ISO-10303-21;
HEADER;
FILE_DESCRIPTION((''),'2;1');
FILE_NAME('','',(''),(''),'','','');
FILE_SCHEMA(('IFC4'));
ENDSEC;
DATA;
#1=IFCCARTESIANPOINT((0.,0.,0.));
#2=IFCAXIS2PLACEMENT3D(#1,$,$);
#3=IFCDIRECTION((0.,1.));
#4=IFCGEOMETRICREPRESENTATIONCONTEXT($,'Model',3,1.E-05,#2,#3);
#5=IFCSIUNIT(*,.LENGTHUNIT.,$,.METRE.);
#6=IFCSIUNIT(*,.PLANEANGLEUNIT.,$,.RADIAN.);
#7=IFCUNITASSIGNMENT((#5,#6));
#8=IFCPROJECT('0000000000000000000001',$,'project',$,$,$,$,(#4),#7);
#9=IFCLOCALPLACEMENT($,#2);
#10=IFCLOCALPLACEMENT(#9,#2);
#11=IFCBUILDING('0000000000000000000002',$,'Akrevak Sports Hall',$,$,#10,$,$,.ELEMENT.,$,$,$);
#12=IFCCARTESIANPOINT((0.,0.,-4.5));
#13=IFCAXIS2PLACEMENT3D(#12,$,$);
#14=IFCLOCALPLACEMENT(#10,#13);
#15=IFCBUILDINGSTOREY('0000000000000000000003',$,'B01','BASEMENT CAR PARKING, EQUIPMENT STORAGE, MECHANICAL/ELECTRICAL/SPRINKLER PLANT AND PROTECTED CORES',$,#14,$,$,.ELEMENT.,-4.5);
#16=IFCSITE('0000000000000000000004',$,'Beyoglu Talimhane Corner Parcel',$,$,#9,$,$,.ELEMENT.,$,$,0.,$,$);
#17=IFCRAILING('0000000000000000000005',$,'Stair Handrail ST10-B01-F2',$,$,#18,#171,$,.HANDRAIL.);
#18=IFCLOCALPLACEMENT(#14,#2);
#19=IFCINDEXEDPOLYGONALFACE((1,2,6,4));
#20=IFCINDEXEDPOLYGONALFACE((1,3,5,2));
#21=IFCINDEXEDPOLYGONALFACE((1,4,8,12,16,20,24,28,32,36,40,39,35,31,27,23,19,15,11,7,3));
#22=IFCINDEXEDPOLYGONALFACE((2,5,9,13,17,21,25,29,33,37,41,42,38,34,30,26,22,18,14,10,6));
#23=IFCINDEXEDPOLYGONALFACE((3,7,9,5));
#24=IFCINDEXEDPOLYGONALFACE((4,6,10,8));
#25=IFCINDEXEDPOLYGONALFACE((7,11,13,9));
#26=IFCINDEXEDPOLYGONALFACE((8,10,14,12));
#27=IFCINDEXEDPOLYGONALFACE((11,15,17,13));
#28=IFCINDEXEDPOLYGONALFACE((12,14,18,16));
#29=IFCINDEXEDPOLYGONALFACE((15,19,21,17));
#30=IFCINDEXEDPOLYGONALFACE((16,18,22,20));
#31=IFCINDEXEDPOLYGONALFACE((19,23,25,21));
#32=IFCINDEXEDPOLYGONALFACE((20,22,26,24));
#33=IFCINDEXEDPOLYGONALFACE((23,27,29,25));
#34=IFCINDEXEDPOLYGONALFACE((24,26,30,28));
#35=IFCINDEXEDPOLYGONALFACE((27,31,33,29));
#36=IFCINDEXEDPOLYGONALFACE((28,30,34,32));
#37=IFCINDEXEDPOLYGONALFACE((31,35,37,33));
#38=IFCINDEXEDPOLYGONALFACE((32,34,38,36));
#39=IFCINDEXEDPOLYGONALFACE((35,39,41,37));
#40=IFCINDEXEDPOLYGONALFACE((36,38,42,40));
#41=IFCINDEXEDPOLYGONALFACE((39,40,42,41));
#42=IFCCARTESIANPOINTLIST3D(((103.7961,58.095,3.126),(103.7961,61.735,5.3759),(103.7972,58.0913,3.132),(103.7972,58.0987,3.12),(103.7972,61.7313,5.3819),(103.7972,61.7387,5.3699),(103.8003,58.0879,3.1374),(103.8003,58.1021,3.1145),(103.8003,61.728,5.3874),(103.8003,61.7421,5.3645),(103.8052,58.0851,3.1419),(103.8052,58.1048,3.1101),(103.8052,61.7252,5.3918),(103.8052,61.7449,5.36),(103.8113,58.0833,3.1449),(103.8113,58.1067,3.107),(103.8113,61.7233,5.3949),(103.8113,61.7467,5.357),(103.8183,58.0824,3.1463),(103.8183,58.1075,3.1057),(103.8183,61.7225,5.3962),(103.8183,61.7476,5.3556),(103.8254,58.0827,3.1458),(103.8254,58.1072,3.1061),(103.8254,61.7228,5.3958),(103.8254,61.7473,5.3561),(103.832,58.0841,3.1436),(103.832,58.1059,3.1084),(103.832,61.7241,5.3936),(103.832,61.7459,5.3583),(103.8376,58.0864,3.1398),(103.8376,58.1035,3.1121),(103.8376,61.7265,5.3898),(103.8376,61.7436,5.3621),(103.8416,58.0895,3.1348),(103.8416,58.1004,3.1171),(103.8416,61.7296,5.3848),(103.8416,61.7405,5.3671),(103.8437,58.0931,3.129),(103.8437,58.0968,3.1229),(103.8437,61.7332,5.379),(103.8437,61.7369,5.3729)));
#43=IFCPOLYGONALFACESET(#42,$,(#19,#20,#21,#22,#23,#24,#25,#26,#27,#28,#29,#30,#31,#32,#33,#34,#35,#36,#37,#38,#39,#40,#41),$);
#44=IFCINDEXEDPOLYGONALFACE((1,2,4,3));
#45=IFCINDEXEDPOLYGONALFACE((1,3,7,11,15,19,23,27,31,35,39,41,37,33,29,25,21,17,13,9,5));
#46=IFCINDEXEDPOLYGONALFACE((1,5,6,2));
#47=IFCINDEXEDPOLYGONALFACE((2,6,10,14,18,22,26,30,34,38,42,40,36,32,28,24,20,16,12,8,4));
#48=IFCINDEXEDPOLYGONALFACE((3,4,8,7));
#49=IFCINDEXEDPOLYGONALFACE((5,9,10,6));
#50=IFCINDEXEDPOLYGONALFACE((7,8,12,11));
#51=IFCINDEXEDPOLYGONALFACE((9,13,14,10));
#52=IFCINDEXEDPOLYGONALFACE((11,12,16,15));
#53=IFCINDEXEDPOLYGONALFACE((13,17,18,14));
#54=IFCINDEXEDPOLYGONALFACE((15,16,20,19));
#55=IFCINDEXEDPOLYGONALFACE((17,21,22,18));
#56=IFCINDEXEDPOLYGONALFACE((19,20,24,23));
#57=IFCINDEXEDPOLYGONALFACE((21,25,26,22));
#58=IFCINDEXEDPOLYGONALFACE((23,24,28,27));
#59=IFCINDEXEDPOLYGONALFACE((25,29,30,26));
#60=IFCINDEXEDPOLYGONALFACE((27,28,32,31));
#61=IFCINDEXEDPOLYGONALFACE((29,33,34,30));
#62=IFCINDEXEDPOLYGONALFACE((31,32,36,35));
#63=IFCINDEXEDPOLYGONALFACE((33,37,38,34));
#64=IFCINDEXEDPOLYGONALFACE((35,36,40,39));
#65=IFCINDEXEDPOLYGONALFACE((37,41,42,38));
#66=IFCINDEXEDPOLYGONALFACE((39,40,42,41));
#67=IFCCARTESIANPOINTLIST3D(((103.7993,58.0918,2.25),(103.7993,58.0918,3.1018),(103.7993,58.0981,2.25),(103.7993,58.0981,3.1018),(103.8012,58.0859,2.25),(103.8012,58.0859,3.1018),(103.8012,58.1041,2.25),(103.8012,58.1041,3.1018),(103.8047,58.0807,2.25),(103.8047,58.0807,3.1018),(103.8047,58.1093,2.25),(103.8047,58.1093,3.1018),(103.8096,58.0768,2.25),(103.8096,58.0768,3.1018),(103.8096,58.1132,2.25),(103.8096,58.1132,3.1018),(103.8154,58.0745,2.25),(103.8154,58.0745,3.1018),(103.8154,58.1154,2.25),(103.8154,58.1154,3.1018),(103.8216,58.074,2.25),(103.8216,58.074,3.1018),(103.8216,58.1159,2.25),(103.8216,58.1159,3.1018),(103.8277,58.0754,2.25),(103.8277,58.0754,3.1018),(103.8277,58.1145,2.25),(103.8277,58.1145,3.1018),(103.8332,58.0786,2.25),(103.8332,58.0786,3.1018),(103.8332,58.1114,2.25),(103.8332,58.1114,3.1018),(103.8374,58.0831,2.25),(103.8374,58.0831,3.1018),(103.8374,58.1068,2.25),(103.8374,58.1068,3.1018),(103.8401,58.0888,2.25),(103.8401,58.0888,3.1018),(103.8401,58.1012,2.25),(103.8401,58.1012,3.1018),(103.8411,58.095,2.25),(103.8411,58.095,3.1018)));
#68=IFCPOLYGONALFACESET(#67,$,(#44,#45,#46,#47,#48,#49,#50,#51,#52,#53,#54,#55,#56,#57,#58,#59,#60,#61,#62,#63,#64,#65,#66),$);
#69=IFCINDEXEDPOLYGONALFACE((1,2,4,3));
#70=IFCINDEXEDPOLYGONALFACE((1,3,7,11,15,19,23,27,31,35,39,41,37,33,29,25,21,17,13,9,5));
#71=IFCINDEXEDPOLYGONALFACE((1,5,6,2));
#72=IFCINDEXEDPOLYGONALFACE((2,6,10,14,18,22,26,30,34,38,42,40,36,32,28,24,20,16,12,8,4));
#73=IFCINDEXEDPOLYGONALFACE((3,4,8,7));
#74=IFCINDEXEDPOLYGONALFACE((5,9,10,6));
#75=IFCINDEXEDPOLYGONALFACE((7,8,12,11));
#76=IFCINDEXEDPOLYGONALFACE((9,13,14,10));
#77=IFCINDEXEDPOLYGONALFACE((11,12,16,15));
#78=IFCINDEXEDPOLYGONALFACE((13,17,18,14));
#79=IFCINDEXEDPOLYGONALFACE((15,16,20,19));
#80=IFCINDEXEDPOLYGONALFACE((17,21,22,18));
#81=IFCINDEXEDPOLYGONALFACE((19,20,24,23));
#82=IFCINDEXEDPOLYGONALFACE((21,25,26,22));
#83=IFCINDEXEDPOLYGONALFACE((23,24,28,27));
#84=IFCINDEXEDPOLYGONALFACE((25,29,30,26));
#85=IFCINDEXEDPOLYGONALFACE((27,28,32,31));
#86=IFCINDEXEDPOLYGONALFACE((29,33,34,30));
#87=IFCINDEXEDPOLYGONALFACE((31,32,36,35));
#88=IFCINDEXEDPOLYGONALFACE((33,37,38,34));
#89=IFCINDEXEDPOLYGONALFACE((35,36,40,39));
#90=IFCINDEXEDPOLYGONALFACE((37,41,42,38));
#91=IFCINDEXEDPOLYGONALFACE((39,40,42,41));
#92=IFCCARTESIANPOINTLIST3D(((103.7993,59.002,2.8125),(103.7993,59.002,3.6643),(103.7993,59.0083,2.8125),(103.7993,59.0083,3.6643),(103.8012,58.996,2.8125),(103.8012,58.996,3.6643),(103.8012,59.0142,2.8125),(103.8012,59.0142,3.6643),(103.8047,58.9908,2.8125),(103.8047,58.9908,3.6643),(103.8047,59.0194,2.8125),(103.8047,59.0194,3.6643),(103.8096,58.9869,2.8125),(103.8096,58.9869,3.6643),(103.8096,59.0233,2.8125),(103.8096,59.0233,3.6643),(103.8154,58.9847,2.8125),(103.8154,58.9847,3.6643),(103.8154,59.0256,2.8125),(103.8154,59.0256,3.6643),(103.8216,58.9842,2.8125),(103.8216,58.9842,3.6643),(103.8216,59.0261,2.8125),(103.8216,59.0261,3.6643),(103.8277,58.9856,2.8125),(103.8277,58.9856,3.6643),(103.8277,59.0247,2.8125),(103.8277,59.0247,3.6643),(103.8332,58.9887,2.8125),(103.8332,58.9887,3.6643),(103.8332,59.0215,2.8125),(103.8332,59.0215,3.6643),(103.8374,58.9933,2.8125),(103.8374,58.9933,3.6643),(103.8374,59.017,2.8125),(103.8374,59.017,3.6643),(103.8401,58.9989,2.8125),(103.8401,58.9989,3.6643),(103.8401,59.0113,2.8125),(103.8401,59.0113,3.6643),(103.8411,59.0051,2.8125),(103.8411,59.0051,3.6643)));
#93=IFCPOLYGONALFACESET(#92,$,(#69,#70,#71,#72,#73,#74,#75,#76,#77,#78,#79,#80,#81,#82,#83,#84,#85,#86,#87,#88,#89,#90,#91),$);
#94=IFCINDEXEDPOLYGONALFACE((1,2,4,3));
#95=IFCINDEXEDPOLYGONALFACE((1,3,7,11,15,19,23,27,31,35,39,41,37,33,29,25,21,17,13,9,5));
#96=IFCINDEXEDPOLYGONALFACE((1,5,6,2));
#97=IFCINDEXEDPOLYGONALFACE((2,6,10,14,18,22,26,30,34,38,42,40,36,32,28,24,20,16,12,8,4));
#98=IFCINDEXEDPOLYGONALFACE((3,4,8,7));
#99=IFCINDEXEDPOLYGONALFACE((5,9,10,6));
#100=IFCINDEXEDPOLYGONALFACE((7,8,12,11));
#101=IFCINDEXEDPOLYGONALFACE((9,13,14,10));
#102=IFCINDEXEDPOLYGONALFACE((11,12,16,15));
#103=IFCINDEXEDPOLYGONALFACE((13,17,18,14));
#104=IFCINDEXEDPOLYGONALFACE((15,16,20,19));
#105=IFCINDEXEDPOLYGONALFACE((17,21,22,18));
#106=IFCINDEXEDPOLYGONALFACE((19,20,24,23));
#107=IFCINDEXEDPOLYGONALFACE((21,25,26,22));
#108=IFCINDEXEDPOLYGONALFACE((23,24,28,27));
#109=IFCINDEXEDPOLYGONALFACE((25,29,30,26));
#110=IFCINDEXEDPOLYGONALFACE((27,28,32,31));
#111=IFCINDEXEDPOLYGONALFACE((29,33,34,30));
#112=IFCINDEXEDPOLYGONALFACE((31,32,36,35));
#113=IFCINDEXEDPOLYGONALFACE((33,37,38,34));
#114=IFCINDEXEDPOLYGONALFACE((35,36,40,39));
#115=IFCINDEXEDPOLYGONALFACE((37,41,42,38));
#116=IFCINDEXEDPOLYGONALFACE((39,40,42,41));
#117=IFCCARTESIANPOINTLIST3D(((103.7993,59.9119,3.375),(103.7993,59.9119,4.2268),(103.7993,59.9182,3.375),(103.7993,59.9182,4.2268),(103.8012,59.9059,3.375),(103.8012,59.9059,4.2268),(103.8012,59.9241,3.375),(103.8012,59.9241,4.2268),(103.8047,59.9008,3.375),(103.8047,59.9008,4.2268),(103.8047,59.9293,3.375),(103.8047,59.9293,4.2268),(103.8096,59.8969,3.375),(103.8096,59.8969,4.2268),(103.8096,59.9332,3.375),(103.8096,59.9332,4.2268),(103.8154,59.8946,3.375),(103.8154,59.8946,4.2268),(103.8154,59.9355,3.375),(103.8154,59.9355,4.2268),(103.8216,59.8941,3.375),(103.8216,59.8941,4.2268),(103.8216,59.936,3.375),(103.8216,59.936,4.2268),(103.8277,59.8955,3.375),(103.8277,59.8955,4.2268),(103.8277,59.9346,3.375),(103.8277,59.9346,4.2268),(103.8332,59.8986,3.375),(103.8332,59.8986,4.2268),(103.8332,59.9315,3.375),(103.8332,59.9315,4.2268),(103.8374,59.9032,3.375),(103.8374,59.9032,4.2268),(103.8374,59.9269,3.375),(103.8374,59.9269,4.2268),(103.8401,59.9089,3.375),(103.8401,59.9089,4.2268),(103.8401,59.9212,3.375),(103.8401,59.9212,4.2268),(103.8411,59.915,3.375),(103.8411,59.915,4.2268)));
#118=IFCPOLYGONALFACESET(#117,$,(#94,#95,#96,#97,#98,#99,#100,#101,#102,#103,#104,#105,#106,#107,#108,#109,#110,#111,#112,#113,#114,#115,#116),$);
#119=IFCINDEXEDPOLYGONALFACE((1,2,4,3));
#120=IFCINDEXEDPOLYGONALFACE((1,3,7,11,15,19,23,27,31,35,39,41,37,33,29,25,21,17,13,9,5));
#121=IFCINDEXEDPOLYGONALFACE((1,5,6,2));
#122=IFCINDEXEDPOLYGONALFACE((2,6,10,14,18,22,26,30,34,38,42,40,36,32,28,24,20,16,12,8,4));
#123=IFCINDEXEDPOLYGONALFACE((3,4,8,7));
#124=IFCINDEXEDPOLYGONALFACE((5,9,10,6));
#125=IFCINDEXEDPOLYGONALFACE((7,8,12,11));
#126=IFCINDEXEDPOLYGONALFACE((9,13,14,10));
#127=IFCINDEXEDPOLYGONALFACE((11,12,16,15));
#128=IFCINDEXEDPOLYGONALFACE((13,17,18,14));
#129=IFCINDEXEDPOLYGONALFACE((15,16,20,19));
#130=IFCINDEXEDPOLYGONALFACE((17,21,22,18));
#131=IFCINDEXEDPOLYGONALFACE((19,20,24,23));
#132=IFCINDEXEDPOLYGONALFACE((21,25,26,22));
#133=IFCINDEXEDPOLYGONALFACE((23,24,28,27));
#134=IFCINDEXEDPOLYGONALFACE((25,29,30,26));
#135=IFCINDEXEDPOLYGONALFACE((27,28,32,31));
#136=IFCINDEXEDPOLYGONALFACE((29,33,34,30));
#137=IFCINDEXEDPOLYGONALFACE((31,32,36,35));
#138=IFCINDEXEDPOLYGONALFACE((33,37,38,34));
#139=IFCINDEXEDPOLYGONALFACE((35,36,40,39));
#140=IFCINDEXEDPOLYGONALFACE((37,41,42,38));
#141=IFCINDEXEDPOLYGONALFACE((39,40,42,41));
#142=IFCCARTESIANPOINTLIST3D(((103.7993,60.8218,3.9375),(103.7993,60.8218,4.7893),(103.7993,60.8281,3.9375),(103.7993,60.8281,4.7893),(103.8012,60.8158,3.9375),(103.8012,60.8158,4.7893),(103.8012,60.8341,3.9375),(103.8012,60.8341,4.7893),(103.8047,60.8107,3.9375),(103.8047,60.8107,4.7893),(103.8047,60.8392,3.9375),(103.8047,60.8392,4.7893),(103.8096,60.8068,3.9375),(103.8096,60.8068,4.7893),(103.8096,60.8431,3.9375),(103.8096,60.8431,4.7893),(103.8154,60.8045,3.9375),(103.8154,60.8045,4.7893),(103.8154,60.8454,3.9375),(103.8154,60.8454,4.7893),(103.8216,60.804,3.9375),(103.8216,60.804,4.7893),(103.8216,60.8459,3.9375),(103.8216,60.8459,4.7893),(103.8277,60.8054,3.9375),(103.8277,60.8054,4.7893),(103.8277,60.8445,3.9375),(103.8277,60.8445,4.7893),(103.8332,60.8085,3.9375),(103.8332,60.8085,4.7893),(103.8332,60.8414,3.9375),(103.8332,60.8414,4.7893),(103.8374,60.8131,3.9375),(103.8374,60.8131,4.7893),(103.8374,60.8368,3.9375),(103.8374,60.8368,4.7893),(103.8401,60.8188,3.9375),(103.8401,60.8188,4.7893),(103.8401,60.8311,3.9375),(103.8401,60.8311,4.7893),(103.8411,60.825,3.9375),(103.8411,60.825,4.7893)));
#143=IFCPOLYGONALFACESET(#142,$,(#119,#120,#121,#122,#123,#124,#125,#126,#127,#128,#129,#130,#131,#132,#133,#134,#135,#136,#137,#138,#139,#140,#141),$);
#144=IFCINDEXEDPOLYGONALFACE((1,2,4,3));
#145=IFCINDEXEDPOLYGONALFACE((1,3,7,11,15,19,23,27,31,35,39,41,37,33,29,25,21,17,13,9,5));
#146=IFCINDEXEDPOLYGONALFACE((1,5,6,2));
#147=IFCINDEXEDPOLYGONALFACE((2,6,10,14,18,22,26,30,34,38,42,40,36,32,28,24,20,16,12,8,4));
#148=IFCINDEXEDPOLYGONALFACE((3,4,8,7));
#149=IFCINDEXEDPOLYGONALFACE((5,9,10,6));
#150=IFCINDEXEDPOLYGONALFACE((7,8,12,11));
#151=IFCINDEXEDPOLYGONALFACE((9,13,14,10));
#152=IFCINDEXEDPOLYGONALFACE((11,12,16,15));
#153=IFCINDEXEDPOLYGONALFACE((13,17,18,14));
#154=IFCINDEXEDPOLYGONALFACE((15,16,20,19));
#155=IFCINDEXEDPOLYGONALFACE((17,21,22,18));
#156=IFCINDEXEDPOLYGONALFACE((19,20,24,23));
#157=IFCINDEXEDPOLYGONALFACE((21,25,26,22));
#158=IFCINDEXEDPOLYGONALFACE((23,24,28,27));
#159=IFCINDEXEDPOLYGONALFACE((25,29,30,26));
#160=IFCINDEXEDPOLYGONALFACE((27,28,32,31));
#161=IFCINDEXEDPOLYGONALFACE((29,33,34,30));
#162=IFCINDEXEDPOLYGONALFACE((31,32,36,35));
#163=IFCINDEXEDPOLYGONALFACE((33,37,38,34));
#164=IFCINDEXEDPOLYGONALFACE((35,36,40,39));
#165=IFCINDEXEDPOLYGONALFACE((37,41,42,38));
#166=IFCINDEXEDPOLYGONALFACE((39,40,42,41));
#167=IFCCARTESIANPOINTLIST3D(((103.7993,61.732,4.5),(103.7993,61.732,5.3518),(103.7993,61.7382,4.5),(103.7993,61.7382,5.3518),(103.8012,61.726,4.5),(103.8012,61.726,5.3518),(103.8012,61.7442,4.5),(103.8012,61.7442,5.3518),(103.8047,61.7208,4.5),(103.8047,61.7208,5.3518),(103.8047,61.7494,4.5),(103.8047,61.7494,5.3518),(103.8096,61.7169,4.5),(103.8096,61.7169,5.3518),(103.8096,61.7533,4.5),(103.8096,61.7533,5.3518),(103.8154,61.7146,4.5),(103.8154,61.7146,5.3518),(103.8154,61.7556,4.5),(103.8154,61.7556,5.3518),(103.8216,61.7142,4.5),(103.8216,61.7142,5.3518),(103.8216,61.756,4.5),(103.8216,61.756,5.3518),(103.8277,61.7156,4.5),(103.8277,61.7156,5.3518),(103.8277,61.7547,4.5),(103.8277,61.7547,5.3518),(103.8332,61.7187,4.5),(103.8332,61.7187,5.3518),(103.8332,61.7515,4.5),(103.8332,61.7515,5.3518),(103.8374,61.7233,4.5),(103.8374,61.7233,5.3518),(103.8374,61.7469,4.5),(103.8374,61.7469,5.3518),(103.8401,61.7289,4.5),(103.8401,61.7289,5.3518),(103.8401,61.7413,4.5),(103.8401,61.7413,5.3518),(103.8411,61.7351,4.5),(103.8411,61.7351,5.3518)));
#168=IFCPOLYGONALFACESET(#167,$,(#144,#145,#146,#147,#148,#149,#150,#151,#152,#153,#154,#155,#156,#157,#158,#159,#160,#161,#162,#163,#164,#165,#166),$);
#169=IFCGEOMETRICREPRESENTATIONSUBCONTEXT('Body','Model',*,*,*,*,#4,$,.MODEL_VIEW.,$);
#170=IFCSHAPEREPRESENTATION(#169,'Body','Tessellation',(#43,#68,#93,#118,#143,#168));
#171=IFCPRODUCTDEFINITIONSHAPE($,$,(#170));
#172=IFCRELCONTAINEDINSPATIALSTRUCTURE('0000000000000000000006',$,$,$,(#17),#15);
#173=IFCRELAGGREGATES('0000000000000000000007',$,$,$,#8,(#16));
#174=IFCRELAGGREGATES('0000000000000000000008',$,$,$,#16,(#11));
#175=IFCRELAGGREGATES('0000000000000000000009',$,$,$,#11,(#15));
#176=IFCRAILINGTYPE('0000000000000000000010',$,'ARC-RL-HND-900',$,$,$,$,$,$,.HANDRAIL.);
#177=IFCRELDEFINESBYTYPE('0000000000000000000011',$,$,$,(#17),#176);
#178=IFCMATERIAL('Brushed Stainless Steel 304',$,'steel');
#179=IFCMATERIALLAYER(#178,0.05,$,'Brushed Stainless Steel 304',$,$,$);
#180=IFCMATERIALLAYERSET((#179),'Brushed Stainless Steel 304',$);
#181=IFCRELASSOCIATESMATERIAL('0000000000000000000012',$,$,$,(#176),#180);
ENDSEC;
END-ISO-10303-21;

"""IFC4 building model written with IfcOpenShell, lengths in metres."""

from ifc_helpers import new_model, si_unit, direction, frame, origin, origin_2d, place, context, subcontext, project, spatial, circle, extrude, material, layer, layer_set, type_object, element, save


model = new_model("IFC4")

# Units and contexts
model_context = context("Model", 3, precision=1e-05, world=origin(), true_north=direction((0.0, 1.0)))
body_context = subcontext(model_context, "Body", "Model", "MODEL_VIEW")
ifc_project = project(units=[si_unit("LENGTHUNIT", "METRE"), si_unit("PLANEANGLEUNIT", "RADIAN")], contexts=[model_context])

# Site, building, storey
site_placement = place(None, origin())
site = spatial("IfcSite", under=ifc_project, at=site_placement, Name="Beyoglu Talimhane Corner Parcel", CompositionType="ELEMENT", RefElevation=0.0)
building_placement = place(site_placement, origin())
building = spatial("IfcBuilding", under=site, at=building_placement, Name="Akrevak Sports Hall", CompositionType="ELEMENT")
storey_placement = place(building_placement, frame((0.0, 0.0, -4.5)))
storey = spatial("IfcBuildingStorey", under=building, at=storey_placement, Name="B01", Description="BASEMENT CAR PARKING, EQUIPMENT STORAGE, MECHANICAL/ELECTRICAL/SPRINKLER PLANT AND PROTECTED CORES", CompositionType="ELEMENT", Elevation=-4.5)

# Railing
ifc_material_1 = material(Name="Brushed Stainless Steel 304", Category="steel")
ifc_layer_1 = layer(ifc_material_1, 0.05, Name="Brushed Stainless Steel 304")
ifc_layer_set_1 = layer_set([ifc_layer_1], Name="Brushed Stainless Steel 304")
railing_type_1 = type_object("IfcRailingType", Name="ARC-RL-HND-900", PredefinedType="HANDRAIL", material=ifc_layer_set_1)
railing_1_placement = place(storey_placement, frame((103.8201, 58.095, 2.25)))
element("IfcRailing", 1, at=railing_1_placement, inside=storey, type_object=railing_type_1, Name="Stair Handrail ST10-B01-F2", PredefinedType="HANDRAIL", context=body_context, shape_type="SweptSolid", body=[
    extrude(circle(Radius=0.0239, at=origin_2d()), frame((0.0, 0.0, 0.876), z_axis=(0.0, 0.850622, 0.525777), x_axis=(-1.0, 0.0, 0.0)), (0.0, 0.0, 1.0), 4.2793),
    extrude(circle(Radius=0.021, at=origin_2d()), origin(), (0.0, 0.0, 1.0), 0.8518),
    extrude(circle(Radius=0.021, at=origin_2d()), frame((0.0, 0.9102, 0.5625)), (0.0, 0.0, 1.0), 0.8518),
    extrude(circle(Radius=0.021, at=origin_2d()), frame((0.0, 1.8201, 1.125)), (0.0, 0.0, 1.0), 0.8518),
    extrude(circle(Radius=0.021, at=origin_2d()), frame((0.0, 2.73, 1.6875)), (0.0, 0.0, 1.0), 0.8518),
    extrude(circle(Radius=0.021, at=origin_2d()), frame((0.0, 3.6401, 2.25)), (0.0, 0.0, 1.0), 0.8518),
])

save(model, "model.ifc")
